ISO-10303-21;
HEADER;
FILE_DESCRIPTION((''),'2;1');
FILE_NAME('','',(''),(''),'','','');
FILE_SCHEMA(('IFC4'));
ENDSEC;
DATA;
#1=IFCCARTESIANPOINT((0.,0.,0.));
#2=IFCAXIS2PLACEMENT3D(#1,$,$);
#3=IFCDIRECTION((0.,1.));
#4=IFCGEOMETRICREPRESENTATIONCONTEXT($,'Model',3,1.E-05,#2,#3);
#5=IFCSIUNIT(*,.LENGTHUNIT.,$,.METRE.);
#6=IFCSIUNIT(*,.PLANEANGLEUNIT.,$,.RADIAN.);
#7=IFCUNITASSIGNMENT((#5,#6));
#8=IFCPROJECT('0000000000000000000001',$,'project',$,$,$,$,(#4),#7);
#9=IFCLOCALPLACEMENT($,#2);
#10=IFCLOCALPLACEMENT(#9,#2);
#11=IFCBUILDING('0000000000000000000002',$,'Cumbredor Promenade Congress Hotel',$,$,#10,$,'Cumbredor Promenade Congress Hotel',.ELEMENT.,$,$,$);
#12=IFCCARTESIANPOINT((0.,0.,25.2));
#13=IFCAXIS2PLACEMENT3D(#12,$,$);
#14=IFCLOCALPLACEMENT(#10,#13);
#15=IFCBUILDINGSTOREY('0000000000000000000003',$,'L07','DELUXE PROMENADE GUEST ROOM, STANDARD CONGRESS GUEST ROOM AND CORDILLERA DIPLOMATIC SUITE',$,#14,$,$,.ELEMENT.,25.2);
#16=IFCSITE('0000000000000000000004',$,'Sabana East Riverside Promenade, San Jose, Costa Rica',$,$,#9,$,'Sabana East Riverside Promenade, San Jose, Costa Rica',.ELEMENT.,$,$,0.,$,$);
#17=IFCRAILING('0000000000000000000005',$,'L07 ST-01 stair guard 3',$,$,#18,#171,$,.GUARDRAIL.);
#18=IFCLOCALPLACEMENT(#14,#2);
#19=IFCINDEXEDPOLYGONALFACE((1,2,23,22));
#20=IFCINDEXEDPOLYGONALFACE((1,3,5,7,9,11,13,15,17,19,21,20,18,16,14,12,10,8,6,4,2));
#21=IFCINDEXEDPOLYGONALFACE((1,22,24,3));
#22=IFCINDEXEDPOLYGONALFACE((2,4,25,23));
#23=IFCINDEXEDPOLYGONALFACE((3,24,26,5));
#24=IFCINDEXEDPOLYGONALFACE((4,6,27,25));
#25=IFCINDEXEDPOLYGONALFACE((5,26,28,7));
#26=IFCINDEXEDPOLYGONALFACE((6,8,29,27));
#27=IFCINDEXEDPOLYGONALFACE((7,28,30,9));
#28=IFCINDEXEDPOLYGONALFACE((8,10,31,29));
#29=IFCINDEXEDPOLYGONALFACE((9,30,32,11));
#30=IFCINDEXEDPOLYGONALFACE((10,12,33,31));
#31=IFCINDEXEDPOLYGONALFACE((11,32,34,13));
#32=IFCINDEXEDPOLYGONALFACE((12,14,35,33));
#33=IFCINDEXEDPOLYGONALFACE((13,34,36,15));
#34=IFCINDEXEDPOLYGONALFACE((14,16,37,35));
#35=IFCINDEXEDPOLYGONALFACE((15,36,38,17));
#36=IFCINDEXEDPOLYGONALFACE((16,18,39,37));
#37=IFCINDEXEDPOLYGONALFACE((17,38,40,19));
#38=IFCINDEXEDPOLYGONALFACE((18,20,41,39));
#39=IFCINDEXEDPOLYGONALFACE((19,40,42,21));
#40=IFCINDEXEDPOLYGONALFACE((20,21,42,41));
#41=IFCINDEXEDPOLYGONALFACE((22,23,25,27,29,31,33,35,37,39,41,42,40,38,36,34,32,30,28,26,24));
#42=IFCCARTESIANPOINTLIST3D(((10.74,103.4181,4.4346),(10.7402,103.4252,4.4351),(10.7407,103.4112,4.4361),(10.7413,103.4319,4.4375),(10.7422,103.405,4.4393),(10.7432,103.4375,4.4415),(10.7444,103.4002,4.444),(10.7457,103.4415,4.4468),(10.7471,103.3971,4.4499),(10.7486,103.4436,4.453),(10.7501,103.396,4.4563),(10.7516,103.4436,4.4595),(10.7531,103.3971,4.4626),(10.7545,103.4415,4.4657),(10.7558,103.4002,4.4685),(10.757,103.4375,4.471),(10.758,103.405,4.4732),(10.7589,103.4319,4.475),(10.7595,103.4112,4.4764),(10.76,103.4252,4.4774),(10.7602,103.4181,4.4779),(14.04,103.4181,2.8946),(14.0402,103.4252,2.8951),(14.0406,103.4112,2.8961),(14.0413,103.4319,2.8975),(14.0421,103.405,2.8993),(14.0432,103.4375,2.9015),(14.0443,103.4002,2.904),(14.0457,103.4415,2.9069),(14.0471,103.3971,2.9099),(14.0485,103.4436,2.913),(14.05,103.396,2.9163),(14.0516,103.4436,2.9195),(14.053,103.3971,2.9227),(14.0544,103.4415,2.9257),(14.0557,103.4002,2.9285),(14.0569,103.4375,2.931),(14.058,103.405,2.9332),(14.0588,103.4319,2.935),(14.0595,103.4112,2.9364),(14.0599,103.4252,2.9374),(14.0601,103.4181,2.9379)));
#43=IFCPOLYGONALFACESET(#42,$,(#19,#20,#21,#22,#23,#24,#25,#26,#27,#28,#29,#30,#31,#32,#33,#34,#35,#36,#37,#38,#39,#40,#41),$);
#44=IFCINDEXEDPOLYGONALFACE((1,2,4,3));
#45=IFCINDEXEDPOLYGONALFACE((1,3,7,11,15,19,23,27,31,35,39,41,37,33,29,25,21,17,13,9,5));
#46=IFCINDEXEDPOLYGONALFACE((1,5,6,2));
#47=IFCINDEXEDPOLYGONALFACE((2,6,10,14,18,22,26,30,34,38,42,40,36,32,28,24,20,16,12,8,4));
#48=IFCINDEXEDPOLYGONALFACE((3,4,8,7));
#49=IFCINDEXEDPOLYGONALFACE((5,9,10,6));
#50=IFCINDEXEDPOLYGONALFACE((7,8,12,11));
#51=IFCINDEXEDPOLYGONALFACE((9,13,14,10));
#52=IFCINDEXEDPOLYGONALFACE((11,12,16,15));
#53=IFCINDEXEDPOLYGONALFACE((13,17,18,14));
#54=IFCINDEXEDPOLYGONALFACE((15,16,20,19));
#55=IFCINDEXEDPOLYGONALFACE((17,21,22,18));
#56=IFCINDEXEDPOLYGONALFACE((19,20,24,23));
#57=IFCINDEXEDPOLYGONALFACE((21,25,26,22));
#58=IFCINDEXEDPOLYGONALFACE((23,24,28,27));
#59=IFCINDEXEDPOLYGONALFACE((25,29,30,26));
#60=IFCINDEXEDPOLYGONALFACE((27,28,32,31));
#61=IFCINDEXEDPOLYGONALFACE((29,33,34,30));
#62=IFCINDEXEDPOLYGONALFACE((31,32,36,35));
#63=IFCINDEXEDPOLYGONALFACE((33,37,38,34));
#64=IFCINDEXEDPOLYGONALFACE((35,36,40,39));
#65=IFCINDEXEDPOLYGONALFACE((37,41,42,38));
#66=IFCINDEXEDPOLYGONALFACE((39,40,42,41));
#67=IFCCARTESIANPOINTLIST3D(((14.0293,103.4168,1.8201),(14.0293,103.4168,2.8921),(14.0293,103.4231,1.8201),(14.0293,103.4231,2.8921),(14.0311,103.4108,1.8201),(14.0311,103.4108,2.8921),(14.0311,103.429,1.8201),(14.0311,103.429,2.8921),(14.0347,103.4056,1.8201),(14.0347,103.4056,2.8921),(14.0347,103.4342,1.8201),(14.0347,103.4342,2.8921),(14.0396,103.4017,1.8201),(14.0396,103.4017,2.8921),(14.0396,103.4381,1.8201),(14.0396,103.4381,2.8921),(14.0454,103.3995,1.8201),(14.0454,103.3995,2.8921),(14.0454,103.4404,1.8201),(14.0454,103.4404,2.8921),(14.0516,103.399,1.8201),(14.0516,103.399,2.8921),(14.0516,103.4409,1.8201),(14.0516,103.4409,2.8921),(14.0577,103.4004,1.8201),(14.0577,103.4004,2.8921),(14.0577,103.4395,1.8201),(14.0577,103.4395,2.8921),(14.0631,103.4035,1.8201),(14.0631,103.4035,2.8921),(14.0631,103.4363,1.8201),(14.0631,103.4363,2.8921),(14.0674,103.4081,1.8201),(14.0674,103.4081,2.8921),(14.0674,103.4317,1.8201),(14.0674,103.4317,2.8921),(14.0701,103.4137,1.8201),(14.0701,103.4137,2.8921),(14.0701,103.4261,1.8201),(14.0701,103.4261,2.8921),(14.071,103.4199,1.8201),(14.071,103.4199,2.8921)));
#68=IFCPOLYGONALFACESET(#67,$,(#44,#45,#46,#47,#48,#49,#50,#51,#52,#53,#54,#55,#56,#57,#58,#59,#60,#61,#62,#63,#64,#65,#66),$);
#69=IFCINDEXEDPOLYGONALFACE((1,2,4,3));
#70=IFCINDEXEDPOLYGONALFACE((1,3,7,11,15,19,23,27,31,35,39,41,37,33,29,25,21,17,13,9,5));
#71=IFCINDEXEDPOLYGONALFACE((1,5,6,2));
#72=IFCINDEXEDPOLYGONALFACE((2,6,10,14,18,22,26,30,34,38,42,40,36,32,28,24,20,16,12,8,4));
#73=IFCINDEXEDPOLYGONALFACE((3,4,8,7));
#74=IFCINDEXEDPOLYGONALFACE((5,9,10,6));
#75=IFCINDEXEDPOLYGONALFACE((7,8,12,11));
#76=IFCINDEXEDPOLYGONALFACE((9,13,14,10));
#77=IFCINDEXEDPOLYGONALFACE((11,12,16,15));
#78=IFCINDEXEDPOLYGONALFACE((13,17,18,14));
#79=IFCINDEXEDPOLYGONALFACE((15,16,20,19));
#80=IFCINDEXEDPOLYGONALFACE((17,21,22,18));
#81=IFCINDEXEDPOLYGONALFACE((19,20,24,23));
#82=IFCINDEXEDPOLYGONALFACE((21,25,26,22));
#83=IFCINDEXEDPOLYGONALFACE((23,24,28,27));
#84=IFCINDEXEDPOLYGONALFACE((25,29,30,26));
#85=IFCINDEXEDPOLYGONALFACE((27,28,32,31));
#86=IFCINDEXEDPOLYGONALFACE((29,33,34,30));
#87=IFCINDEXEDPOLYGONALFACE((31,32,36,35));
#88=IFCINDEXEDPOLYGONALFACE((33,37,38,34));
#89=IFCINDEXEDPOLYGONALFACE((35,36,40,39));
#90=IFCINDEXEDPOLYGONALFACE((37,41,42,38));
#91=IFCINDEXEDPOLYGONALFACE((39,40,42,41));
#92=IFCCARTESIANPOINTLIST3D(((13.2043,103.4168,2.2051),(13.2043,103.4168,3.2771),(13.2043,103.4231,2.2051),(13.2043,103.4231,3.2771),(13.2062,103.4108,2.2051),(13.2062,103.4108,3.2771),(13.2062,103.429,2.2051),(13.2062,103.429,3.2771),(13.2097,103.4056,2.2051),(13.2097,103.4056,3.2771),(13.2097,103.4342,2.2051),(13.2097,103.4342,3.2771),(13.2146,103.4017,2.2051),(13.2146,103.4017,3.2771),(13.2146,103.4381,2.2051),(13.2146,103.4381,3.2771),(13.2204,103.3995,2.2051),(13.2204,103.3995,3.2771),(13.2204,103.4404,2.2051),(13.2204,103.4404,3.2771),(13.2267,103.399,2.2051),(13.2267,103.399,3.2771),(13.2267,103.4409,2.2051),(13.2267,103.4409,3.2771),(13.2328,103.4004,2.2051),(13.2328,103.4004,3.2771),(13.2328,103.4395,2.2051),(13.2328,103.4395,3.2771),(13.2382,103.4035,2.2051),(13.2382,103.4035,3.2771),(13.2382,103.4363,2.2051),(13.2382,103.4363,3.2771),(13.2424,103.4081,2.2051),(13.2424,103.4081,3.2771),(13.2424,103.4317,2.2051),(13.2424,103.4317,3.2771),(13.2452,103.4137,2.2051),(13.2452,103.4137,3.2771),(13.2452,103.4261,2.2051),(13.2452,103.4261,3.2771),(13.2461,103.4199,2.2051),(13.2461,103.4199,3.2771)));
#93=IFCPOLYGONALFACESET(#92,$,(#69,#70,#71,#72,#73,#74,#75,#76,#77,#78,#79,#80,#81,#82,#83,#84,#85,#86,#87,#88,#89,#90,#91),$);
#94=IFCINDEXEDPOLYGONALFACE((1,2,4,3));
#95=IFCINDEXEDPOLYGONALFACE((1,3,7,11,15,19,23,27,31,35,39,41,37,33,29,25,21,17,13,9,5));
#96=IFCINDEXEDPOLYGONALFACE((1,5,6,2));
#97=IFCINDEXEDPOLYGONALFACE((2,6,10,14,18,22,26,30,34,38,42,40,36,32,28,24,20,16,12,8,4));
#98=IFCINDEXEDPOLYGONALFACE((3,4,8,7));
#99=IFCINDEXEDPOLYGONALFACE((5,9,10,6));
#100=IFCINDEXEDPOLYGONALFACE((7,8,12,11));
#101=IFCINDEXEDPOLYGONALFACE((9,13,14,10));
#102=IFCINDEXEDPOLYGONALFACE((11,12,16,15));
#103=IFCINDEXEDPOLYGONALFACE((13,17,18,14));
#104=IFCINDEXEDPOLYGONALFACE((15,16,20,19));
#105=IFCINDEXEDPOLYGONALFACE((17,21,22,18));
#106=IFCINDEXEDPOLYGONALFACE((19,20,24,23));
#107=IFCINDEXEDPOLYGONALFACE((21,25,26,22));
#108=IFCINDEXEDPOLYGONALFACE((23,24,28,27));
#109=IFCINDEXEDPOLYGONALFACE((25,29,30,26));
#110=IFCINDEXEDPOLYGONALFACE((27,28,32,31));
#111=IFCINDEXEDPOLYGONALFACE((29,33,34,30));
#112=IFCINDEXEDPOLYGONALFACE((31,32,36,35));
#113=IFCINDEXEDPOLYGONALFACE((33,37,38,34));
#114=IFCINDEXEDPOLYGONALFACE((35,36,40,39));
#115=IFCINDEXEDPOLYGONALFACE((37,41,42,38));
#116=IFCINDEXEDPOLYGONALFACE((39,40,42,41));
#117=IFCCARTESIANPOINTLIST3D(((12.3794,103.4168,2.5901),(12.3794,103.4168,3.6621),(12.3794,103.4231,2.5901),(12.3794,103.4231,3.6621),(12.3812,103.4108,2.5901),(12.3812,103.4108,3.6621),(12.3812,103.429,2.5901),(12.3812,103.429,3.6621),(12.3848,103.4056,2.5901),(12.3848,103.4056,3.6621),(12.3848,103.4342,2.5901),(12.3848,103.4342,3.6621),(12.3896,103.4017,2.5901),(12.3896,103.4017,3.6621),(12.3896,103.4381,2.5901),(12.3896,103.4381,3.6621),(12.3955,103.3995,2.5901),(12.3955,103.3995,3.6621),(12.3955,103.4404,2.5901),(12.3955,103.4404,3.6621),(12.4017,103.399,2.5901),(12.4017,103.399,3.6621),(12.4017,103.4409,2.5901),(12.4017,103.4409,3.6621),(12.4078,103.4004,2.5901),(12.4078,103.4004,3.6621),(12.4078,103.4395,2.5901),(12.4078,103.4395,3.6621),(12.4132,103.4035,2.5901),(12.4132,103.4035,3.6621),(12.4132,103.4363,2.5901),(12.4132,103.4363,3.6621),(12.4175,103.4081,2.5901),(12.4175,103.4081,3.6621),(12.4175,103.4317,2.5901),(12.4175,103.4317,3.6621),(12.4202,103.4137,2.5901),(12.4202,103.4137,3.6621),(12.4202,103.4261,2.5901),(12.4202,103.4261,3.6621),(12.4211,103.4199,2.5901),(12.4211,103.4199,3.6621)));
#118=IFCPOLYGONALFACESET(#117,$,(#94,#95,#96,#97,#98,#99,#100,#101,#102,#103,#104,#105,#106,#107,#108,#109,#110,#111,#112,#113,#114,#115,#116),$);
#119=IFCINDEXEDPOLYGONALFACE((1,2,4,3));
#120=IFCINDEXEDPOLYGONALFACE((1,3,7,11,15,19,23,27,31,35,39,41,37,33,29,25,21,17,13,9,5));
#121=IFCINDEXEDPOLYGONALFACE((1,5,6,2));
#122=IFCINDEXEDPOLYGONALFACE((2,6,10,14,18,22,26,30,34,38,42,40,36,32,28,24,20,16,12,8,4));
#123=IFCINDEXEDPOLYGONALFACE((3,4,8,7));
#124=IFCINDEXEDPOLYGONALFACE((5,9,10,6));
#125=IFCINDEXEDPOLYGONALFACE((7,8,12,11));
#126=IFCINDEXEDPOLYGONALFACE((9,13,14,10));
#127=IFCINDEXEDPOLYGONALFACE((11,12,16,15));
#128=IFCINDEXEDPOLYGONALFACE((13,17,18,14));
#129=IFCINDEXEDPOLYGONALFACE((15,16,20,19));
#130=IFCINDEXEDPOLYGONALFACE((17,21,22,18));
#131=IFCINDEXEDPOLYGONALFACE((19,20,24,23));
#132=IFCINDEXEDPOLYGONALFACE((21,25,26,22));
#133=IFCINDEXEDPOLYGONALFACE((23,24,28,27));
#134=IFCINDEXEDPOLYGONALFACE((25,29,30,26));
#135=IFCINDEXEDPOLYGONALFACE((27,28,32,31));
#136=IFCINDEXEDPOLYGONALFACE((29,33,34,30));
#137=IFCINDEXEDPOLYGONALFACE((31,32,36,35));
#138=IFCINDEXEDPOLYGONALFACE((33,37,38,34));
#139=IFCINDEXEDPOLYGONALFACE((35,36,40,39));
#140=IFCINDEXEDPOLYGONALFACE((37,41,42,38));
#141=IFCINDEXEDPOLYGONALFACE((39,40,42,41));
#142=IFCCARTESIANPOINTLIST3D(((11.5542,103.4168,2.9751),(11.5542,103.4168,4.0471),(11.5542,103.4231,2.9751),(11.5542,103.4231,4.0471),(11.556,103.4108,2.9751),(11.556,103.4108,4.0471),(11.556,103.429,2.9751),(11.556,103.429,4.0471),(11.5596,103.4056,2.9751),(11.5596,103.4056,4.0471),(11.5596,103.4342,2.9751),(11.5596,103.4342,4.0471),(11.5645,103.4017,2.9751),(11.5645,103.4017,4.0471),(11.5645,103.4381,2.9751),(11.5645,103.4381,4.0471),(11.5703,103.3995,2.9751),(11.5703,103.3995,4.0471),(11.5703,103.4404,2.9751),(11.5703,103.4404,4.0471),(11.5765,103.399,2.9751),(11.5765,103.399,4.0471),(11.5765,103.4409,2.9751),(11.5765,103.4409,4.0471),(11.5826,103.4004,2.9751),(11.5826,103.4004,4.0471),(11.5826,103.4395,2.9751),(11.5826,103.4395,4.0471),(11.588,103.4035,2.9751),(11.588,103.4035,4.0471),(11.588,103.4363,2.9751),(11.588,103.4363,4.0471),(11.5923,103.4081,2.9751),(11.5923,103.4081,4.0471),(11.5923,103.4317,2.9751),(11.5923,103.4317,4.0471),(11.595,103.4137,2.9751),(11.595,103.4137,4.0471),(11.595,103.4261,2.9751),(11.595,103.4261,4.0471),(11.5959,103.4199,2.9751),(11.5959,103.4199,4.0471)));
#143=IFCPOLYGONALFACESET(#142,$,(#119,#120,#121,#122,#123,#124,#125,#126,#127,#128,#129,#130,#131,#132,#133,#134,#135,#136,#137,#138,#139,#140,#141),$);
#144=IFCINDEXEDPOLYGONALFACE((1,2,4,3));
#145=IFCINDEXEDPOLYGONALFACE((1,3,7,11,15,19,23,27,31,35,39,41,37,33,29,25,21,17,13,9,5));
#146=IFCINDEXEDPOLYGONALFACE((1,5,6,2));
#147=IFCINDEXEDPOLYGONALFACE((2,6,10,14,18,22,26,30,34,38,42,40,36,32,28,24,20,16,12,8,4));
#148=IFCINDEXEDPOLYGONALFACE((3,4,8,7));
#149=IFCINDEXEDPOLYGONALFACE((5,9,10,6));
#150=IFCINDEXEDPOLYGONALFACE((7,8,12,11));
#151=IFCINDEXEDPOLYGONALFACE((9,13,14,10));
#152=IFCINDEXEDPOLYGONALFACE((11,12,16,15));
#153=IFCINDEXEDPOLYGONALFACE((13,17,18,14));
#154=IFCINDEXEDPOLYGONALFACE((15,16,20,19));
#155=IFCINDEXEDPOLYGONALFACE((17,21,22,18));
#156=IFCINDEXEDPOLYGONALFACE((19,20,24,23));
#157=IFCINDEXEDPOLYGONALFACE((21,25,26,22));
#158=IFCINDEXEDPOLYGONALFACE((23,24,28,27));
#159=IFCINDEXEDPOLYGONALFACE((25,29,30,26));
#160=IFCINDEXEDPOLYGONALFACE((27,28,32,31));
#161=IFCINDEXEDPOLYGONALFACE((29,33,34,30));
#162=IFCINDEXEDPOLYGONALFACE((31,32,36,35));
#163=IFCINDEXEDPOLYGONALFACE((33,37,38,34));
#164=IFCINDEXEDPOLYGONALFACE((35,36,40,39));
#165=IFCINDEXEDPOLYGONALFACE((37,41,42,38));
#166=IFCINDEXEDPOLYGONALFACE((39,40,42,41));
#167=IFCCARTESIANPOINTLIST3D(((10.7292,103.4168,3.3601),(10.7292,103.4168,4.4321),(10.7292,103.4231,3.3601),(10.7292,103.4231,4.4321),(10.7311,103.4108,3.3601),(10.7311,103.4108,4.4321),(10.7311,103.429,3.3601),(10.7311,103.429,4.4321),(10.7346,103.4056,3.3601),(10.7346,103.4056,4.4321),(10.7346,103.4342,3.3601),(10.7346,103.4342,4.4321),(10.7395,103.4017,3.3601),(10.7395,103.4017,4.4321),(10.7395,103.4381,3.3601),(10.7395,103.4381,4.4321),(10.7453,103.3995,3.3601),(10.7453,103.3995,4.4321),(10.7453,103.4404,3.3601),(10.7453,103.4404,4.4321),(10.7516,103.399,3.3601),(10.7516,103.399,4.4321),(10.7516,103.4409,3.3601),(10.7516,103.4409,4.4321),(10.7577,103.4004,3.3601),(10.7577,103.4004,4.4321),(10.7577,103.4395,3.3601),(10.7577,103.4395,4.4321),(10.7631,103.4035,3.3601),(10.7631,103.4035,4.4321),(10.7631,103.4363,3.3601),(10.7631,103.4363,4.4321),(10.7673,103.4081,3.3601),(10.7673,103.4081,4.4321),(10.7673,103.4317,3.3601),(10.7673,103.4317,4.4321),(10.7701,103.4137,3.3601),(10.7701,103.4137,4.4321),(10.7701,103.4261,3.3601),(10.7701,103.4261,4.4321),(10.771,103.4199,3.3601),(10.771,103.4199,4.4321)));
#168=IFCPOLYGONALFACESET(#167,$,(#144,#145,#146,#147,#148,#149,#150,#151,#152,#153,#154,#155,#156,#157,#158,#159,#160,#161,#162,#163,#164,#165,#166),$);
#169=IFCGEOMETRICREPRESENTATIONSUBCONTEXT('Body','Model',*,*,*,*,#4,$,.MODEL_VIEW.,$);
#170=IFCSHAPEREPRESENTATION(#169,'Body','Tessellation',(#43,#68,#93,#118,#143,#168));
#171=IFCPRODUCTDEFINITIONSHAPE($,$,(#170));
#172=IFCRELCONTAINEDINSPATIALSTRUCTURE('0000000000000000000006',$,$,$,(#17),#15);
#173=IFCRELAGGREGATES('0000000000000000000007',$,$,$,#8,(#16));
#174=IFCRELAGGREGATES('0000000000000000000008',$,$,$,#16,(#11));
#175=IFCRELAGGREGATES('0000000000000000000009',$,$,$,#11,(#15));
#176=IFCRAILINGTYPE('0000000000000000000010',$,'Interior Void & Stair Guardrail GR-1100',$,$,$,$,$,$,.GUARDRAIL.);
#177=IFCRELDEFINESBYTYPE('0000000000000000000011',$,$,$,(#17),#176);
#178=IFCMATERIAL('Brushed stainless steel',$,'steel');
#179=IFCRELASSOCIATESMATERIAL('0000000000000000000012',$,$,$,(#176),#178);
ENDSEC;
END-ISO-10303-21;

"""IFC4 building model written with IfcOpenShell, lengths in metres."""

from ifc_helpers import new_model, si_unit, direction, frame, origin, origin_2d, place, context, subcontext, project, spatial, circle, extrude, material, type_object, element, save


model = new_model("IFC4")

# Units and contexts
model_context = context("Model", 3, precision=1e-05, world=origin(), true_north=direction((0.0, 1.0)))
body_context = subcontext(model_context, "Body", "Model", "MODEL_VIEW")
ifc_project = project(units=[si_unit("LENGTHUNIT", "METRE"), si_unit("PLANEANGLEUNIT", "RADIAN")], contexts=[model_context])

# Site, building, storey
site_placement = place(None, origin())
site = spatial("IfcSite", under=ifc_project, at=site_placement, Name="Sabana East Riverside Promenade, San Jose, Costa Rica", LongName="Sabana East Riverside Promenade, San Jose, Costa Rica", CompositionType="ELEMENT", RefElevation=0.0)
building_placement = place(site_placement, origin())
building = spatial("IfcBuilding", under=site, at=building_placement, Name="Cumbredor Promenade Congress Hotel", LongName="Cumbredor Promenade Congress Hotel", CompositionType="ELEMENT")
storey_placement = place(building_placement, frame((0.0, 0.0, 25.2)))
storey = spatial("IfcBuildingStorey", under=building, at=storey_placement, Name="L07", Description="DELUXE PROMENADE GUEST ROOM, STANDARD CONGRESS GUEST ROOM AND CORDILLERA DIPLOMATIC SUITE", CompositionType="ELEMENT", Elevation=25.2)

# Railing
ifc_material_1 = material(Name="Brushed stainless steel", Category="steel")
railing_type_1 = type_object("IfcRailingType", Name="Interior Void & Stair Guardrail GR-1100", PredefinedType="GUARDRAIL", material=ifc_material_1)
railing_1_placement = place(storey_placement, frame((14.05, 103.4199, 1.8201)))
element("IfcRailing", 1, at=railing_1_placement, inside=storey, type_object=railing_type_1, Name="L07 ST-01 stair guard 3", PredefinedType="GUARDRAIL", context=body_context, shape_type="SweptSolid", body=[
    extrude(circle(Radius=0.0239, at=origin_2d()), frame((0.0, 0.0, 1.0962), z_axis=(-0.906181, 0.0, 0.422889), x_axis=(0.0, -1.0, 0.0)), (0.0, 0.0, 1.0), 3.6416),
    extrude(circle(Radius=0.021, at=origin_2d()), origin(), (0.0, 0.0, 1.0), 1.072),
    extrude(circle(Radius=0.021, at=origin_2d()), frame((-0.825, 0.0, 0.385)), (0.0, 0.0, 1.0), 1.072),
    extrude(circle(Radius=0.021, at=origin_2d()), frame((-1.6499, 0.0, 0.77)), (0.0, 0.0, 1.0), 1.072),
    extrude(circle(Radius=0.021, at=origin_2d()), frame((-2.4751, 0.0, 1.155)), (0.0, 0.0, 1.0), 1.072),
    extrude(circle(Radius=0.021, at=origin_2d()), frame((-3.3, 0.0, 1.54)), (0.0, 0.0, 1.0), 1.072),
])

save(model, "model.ifc")
